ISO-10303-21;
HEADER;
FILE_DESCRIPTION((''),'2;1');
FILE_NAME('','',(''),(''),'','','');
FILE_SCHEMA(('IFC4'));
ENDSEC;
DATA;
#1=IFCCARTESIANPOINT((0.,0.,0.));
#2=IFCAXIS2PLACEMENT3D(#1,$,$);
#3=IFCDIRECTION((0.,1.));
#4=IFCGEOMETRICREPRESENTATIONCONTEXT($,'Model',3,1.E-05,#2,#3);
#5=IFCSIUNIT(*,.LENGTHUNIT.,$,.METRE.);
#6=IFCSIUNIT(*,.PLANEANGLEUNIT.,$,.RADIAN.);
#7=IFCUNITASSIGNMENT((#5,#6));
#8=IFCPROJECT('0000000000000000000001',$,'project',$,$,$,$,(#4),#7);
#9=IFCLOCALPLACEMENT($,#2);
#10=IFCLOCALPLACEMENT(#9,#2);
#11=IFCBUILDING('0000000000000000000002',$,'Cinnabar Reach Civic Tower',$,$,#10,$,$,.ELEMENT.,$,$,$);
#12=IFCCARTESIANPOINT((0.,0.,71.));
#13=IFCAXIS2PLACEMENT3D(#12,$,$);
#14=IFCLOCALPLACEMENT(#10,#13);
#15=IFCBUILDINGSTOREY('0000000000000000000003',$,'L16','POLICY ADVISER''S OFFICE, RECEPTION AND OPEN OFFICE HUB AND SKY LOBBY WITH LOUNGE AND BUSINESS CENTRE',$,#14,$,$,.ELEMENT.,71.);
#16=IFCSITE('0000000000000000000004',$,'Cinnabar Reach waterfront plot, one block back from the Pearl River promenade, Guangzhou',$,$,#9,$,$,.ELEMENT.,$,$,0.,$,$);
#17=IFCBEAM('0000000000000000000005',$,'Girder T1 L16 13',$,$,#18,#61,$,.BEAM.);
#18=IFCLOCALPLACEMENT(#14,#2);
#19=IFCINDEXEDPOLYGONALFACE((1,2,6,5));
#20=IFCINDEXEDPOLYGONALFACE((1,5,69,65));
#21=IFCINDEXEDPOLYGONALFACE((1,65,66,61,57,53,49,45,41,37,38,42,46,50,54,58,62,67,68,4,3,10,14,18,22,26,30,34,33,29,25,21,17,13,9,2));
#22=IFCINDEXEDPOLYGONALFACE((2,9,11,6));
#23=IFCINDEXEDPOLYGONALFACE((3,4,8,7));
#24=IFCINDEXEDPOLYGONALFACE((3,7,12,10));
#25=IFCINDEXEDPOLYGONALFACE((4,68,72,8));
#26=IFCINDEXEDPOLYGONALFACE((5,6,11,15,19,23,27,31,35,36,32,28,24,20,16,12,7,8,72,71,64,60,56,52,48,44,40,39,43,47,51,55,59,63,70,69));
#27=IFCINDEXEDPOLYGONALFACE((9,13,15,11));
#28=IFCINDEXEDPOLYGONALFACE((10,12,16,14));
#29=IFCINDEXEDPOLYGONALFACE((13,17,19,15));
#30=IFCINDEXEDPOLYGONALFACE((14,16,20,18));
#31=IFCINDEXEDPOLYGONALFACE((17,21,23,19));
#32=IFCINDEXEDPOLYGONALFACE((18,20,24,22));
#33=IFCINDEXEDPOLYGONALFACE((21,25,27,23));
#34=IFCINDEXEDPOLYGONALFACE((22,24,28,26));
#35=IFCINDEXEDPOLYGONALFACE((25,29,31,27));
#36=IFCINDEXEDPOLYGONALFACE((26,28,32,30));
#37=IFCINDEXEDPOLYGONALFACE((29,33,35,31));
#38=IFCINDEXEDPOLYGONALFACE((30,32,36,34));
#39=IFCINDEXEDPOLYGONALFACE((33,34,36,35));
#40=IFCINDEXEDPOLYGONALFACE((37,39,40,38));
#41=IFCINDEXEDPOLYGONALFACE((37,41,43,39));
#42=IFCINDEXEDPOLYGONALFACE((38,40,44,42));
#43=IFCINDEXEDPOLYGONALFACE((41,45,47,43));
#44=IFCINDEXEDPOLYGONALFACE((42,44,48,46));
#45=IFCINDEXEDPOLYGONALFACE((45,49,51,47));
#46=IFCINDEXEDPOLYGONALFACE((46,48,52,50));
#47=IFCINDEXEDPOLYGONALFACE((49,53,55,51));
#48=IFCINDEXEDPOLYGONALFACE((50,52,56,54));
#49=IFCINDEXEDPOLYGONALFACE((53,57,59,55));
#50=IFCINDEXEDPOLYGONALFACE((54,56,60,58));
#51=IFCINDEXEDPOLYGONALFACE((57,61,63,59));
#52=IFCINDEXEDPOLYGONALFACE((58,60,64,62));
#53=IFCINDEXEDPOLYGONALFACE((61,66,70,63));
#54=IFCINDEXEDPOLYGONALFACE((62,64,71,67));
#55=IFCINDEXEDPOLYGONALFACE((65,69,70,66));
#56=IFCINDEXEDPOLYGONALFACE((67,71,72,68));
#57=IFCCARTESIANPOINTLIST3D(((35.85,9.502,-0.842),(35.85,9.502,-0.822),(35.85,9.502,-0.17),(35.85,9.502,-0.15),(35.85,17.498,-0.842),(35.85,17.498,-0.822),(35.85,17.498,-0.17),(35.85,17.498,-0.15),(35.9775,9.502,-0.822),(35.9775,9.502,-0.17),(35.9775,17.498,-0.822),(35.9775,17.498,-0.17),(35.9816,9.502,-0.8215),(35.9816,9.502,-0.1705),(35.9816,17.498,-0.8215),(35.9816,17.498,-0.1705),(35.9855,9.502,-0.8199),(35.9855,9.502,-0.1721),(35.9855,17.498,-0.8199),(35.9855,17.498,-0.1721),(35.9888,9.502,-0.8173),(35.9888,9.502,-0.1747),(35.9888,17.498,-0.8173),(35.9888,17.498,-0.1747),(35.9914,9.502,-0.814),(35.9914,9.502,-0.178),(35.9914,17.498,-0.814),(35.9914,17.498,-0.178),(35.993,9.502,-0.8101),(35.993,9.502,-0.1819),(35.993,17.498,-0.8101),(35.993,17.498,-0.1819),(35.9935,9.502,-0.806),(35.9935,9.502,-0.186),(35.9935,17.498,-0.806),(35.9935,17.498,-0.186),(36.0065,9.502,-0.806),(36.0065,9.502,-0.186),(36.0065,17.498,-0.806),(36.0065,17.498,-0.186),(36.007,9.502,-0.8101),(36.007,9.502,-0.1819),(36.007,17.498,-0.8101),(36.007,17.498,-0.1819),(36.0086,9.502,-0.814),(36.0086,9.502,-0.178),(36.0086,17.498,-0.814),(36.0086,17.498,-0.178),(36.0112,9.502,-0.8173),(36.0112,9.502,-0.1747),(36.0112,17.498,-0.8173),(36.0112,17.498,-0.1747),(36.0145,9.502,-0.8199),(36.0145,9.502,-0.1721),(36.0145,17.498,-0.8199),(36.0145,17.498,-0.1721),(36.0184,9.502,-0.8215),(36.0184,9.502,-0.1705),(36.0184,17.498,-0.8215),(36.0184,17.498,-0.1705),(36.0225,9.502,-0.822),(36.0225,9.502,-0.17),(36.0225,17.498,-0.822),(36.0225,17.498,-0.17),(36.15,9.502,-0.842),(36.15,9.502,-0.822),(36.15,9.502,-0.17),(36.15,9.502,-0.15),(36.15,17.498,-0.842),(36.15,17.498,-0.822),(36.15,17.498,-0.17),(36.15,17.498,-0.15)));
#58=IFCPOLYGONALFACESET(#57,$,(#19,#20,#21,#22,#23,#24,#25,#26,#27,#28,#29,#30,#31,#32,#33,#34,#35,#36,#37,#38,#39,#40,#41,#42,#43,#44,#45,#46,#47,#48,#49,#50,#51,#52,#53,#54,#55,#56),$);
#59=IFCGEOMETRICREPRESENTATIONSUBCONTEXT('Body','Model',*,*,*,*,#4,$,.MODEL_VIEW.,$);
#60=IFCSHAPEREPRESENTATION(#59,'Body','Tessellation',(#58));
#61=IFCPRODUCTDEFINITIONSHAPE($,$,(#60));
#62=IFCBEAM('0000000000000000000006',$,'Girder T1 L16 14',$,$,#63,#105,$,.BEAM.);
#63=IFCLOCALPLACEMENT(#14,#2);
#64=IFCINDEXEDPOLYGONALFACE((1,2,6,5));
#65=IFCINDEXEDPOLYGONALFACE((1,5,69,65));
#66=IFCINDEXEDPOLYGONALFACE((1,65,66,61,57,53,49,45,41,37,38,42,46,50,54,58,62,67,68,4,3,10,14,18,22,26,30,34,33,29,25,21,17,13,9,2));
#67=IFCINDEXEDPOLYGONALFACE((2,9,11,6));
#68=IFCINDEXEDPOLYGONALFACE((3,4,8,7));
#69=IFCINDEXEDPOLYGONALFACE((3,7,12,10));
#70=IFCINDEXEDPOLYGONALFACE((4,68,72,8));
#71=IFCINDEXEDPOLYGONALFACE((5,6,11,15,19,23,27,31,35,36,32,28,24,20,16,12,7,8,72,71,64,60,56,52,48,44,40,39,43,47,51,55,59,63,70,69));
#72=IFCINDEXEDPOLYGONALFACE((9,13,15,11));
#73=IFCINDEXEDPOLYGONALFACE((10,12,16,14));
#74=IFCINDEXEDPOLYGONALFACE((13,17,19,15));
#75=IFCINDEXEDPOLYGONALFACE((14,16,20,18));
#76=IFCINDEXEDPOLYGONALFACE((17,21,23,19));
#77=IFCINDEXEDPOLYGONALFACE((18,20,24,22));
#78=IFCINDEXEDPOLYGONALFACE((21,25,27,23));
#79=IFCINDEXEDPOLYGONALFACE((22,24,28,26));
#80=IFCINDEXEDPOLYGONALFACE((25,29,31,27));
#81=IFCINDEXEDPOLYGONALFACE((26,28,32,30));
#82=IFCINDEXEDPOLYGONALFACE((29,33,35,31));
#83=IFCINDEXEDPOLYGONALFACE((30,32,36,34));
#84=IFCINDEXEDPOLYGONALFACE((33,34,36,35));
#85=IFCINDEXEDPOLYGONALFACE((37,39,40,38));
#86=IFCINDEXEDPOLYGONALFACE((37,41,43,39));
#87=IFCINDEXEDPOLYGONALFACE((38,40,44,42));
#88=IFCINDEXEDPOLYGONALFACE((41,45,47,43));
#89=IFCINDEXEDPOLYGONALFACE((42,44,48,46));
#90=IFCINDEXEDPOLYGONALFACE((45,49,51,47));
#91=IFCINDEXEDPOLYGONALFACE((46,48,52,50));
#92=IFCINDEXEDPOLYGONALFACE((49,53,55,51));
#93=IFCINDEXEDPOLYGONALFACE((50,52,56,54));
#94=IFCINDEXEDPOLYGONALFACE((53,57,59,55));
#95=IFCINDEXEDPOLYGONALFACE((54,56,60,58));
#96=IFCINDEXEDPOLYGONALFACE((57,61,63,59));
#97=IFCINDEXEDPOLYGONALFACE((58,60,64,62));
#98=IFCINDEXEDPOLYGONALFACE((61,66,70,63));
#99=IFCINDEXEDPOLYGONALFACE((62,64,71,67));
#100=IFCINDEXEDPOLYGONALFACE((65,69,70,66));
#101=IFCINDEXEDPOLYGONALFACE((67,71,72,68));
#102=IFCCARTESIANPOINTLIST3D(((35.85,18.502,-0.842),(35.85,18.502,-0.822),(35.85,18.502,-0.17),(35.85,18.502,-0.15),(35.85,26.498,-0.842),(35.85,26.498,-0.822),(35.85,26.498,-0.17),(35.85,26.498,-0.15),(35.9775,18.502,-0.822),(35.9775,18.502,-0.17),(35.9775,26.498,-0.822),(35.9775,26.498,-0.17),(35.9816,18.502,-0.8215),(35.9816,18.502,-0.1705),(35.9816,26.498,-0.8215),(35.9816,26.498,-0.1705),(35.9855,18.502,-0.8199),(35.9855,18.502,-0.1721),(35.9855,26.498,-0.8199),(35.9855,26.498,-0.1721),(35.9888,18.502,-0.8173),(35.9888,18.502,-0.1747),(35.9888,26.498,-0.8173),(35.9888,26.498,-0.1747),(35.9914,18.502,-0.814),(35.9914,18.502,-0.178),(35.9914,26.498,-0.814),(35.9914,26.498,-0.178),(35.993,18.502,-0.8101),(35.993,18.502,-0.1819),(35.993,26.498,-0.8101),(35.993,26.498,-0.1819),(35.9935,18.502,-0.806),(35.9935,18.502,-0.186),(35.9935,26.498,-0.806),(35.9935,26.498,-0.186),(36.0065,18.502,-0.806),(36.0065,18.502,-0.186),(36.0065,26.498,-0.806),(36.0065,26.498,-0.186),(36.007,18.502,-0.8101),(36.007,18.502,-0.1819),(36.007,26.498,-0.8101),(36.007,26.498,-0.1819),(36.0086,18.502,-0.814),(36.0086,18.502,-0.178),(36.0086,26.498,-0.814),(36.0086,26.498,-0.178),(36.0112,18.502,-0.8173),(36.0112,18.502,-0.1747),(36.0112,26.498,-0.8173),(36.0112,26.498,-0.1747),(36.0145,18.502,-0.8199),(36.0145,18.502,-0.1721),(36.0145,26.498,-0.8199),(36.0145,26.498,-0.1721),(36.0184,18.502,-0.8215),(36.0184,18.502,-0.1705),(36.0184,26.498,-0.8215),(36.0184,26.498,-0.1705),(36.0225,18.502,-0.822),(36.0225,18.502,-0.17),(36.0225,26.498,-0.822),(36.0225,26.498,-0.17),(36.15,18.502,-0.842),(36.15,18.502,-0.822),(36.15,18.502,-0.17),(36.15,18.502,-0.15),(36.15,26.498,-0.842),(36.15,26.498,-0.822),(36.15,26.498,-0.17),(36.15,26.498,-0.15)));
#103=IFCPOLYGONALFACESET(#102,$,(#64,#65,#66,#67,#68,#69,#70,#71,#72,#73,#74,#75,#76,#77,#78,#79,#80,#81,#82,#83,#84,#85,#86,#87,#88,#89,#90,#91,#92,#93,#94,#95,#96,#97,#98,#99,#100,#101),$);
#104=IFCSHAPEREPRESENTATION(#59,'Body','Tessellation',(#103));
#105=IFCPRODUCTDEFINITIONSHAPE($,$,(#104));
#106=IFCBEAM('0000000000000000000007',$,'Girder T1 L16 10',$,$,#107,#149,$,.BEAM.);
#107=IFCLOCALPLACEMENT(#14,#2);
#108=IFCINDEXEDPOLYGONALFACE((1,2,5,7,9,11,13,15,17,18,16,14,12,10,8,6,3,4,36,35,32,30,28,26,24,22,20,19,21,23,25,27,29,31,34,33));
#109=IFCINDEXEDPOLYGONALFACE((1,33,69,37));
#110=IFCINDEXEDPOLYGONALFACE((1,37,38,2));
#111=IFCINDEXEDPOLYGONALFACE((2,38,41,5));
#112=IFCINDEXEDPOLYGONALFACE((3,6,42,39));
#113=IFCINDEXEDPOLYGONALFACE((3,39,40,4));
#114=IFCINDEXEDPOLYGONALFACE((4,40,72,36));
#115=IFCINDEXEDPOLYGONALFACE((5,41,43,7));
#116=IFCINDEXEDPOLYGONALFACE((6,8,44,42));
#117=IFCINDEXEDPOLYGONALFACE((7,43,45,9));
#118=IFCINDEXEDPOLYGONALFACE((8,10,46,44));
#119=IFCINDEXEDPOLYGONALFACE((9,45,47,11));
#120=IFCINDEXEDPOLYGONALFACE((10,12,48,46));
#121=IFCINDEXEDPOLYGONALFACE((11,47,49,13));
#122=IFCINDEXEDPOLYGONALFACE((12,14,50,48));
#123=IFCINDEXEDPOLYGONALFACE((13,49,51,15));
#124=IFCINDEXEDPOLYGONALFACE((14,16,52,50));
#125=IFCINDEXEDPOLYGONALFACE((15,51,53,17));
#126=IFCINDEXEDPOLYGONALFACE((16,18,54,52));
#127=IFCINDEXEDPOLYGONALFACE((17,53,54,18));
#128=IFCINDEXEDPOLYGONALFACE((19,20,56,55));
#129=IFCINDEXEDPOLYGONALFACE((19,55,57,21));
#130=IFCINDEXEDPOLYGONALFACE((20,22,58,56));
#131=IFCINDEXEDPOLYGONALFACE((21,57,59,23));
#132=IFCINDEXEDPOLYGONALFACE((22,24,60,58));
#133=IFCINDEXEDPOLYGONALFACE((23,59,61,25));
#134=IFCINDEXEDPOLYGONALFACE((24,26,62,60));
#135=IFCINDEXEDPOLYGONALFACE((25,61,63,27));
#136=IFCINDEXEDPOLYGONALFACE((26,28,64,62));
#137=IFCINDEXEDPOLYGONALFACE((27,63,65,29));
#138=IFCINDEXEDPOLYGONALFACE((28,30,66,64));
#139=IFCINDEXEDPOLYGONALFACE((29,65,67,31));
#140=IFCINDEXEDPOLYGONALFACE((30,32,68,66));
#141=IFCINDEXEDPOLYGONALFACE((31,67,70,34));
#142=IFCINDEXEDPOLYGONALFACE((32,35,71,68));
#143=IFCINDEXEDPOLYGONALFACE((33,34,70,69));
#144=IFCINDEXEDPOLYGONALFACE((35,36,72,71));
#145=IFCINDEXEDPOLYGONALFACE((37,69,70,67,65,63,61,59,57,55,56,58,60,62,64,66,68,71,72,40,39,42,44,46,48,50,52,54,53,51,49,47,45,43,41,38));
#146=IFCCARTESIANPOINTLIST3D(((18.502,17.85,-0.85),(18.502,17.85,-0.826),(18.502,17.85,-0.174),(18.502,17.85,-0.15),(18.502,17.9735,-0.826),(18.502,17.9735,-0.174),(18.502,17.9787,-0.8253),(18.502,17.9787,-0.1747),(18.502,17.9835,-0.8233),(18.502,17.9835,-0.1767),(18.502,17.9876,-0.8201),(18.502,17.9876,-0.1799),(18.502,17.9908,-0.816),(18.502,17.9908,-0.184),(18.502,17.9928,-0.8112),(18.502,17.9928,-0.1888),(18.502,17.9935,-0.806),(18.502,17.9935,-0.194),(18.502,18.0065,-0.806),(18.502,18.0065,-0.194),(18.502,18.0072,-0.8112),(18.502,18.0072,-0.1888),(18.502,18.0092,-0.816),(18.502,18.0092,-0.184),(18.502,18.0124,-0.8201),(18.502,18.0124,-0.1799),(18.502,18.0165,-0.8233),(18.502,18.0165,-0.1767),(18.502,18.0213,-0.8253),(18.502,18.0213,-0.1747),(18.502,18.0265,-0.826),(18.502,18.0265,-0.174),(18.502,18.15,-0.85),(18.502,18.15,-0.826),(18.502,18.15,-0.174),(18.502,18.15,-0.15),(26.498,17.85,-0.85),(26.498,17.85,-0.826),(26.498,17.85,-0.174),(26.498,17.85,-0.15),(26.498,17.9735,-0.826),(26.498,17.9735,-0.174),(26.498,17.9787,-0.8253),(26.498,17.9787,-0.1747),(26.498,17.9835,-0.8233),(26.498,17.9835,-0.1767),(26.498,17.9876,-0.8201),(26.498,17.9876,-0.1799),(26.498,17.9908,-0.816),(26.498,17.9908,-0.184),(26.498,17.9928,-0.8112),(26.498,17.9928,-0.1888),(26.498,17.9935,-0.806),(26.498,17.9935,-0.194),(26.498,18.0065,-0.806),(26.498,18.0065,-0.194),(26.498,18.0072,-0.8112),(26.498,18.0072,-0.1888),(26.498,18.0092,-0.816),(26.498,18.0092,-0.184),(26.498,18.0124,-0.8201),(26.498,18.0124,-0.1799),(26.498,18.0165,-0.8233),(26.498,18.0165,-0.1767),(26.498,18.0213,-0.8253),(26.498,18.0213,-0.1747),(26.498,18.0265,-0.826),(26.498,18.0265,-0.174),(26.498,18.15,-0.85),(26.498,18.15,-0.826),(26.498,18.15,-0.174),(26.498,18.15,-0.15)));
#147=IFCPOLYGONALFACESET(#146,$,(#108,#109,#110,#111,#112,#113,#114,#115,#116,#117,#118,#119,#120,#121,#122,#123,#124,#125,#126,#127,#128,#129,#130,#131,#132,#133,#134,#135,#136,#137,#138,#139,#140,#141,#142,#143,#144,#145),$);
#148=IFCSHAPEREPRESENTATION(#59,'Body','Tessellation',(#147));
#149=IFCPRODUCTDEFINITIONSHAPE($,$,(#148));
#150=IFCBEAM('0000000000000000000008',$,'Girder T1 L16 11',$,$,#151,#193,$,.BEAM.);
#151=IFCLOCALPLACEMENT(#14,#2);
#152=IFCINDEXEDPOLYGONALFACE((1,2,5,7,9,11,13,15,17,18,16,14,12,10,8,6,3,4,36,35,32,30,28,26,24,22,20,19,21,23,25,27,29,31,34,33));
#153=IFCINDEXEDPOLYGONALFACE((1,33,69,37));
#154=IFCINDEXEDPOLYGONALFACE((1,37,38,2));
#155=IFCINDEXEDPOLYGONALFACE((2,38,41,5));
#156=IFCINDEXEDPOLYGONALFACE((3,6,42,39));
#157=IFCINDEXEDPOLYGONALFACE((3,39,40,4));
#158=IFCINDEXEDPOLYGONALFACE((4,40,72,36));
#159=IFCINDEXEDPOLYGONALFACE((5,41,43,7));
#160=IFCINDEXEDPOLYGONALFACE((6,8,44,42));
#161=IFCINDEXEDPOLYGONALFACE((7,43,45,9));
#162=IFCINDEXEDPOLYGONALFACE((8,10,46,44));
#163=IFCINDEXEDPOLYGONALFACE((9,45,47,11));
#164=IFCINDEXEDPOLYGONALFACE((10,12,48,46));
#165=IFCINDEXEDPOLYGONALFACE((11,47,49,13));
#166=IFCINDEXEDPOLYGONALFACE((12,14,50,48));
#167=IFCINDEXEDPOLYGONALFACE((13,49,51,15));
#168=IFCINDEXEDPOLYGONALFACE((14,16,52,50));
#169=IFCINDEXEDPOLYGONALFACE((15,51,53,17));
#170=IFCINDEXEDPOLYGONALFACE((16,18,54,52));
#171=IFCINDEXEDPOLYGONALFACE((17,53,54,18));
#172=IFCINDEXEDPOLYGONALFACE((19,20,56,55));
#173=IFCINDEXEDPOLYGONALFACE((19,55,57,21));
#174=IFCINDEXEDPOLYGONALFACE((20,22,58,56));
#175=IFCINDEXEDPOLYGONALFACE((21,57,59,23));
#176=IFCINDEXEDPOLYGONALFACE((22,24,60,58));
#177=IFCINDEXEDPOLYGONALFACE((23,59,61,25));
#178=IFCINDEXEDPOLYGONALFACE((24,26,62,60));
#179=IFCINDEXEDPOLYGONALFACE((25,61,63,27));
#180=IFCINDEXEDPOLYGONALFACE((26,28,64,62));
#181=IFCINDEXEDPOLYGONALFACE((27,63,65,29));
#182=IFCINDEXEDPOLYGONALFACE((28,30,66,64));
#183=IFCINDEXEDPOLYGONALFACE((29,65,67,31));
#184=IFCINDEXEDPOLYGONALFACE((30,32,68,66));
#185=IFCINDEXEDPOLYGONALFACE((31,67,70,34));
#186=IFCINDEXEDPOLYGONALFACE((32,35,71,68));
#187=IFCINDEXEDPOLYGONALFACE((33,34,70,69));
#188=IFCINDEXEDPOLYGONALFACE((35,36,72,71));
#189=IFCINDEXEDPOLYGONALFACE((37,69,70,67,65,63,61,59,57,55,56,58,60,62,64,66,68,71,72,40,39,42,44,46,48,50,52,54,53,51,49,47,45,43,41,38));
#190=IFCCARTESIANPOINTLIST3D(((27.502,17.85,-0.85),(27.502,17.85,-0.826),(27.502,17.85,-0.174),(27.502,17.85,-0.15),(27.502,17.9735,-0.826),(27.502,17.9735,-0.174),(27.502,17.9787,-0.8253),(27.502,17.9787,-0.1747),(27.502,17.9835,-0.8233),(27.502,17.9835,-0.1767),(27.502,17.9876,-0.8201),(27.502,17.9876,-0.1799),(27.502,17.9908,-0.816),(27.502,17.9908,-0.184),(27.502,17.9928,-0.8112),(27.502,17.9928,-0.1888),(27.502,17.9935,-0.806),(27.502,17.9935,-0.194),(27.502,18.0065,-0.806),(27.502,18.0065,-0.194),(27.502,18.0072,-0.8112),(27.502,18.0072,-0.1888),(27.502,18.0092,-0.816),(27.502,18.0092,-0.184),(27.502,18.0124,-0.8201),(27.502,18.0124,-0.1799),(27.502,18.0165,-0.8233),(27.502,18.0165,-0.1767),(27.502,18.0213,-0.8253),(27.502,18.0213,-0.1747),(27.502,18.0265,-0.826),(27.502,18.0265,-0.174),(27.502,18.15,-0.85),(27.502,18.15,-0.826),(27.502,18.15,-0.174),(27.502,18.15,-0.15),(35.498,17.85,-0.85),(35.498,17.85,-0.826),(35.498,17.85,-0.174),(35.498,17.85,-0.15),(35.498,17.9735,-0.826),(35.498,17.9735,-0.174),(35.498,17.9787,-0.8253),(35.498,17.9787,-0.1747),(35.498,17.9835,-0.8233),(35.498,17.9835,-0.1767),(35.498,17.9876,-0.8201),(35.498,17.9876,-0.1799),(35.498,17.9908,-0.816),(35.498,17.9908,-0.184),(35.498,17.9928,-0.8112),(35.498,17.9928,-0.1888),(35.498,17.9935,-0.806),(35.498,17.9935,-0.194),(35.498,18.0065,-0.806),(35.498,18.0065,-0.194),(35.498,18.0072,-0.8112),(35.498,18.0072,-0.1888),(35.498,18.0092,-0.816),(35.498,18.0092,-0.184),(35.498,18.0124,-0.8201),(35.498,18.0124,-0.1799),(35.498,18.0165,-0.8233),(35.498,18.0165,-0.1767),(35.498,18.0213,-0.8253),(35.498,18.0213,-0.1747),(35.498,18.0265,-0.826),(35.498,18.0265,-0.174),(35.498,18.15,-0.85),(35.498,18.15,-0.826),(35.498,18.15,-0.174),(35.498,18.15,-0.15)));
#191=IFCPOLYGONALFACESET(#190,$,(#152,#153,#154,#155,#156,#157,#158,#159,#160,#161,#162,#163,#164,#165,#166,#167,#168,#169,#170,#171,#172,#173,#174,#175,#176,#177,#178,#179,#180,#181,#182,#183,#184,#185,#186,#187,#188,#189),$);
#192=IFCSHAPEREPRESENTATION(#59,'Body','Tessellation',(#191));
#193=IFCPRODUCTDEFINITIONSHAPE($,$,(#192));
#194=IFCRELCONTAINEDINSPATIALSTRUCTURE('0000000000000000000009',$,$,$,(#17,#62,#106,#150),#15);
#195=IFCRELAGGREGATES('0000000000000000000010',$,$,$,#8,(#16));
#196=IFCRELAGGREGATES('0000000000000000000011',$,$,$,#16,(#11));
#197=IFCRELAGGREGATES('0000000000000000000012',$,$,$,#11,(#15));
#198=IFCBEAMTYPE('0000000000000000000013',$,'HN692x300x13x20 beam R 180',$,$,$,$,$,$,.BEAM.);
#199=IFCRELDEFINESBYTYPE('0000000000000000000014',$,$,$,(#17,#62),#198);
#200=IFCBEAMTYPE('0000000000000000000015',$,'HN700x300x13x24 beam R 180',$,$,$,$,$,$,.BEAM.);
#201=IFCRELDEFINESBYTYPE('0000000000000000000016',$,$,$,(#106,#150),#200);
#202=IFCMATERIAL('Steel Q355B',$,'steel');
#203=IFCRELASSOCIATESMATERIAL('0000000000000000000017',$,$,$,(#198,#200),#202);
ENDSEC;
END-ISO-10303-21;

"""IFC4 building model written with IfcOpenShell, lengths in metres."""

from ifc_helpers import new_model, si_unit, direction, frame, origin, origin_2d, place, context, subcontext, project, spatial, i_section, extrude, material, material_profile, profile_set, type_object, element, save


model = new_model("IFC4")

# Units and contexts
model_context = context("Model", 3, precision=1e-05, world=origin(), true_north=direction((0.0, 1.0)))
body_context = subcontext(model_context, "Body", "Model", "MODEL_VIEW")
ifc_project = project(units=[si_unit("LENGTHUNIT", "METRE"), si_unit("PLANEANGLEUNIT", "RADIAN")], contexts=[model_context])

# Site, building, storey
site_placement = place(None, origin())
site = spatial("IfcSite", under=ifc_project, at=site_placement, Name="Cinnabar Reach waterfront plot, one block back from the Pearl River promenade, Guangzhou", CompositionType="ELEMENT", RefElevation=0.0)
building_placement = place(site_placement, origin())
building = spatial("IfcBuilding", under=site, at=building_placement, Name="Cinnabar Reach Civic Tower", CompositionType="ELEMENT")
storey_placement = place(building_placement, frame((0.0, 0.0, 71.0)))
storey = spatial("IfcBuildingStorey", under=building, at=storey_placement, Name="L16", Description="POLICY ADVISER'S OFFICE, RECEPTION AND OPEN OFFICE HUB AND SKY LOBBY WITH LOUNGE AND BUSINESS CENTRE", CompositionType="ELEMENT", Elevation=71.0)

# Beams
ifc_material_1 = material(Name="Steel Q355B", Category="steel")
ifc_material_profile_1 = material_profile(ifc_material_1, i_section(OverallWidth=0.3, OverallDepth=0.692, WebThickness=0.013, FlangeThickness=0.02, FilletRadius=0.016, at=origin_2d()), Name="HN692x300x13x20")
ifc_profile_set_1 = profile_set([ifc_material_profile_1], Name="Steel Q355B")
beam_type_1 = type_object("IfcBeamType", Name="HN692x300x13x20 beam R 180", PredefinedType="BEAM", material=ifc_profile_set_1)
for number, where, z_axis, x_axis, name in (
    (1, (36.0, 9.502, -0.496), (0.0, 1.0, 0.0), (-1.0, 0.0, 0.0), "Girder T1 L16 13"),
    (2, (36.0, 18.502, -0.496), (0.0, 1.0, 0.0), (-1.0, 0.0, 0.0), "Girder T1 L16 14"),
):
    element("IfcBeam", number, at=place(storey_placement, frame(where, z_axis=z_axis, x_axis=x_axis)), inside=storey, type_object=beam_type_1, Name=name, PredefinedType="BEAM", context=body_context, shape_type="SweptSolid", body=[
        extrude(i_section(OverallWidth=0.3, OverallDepth=0.692, WebThickness=0.013, FlangeThickness=0.02, FilletRadius=0.016, at=origin_2d()), origin(), (0.0, 0.0, 1.0), 7.996),
    ])
ifc_material_profile_2 = material_profile(ifc_material_1, i_section(OverallWidth=0.3, OverallDepth=0.7, WebThickness=0.013, FlangeThickness=0.024, FilletRadius=0.02, at=origin_2d()), Name="HN700x300x13x24")
ifc_profile_set_2 = profile_set([ifc_material_profile_2], Name="Steel Q355B")
beam_type_2 = type_object("IfcBeamType", Name="HN700x300x13x24 beam R 180", PredefinedType="BEAM", material=ifc_profile_set_2)
for number, where, z_axis, x_axis, name in (
    (3, (18.502, 18.0, -0.5), (1.0, 0.0, 0.0), (0.0, 1.0, 0.0), "Girder T1 L16 10"),
    (4, (27.502, 18.0, -0.5), (1.0, 0.0, 0.0), (0.0, 1.0, 0.0), "Girder T1 L16 11"),
):
    element("IfcBeam", number, at=place(storey_placement, frame(where, z_axis=z_axis, x_axis=x_axis)), inside=storey, type_object=beam_type_2, Name=name, PredefinedType="BEAM", context=body_context, shape_type="SweptSolid", body=[
        extrude(i_section(OverallWidth=0.3, OverallDepth=0.7, WebThickness=0.013, FlangeThickness=0.024, FilletRadius=0.02, at=origin_2d()), origin(), (0.0, 0.0, 1.0), 7.996),
    ])

save(model, "model.ifc")
